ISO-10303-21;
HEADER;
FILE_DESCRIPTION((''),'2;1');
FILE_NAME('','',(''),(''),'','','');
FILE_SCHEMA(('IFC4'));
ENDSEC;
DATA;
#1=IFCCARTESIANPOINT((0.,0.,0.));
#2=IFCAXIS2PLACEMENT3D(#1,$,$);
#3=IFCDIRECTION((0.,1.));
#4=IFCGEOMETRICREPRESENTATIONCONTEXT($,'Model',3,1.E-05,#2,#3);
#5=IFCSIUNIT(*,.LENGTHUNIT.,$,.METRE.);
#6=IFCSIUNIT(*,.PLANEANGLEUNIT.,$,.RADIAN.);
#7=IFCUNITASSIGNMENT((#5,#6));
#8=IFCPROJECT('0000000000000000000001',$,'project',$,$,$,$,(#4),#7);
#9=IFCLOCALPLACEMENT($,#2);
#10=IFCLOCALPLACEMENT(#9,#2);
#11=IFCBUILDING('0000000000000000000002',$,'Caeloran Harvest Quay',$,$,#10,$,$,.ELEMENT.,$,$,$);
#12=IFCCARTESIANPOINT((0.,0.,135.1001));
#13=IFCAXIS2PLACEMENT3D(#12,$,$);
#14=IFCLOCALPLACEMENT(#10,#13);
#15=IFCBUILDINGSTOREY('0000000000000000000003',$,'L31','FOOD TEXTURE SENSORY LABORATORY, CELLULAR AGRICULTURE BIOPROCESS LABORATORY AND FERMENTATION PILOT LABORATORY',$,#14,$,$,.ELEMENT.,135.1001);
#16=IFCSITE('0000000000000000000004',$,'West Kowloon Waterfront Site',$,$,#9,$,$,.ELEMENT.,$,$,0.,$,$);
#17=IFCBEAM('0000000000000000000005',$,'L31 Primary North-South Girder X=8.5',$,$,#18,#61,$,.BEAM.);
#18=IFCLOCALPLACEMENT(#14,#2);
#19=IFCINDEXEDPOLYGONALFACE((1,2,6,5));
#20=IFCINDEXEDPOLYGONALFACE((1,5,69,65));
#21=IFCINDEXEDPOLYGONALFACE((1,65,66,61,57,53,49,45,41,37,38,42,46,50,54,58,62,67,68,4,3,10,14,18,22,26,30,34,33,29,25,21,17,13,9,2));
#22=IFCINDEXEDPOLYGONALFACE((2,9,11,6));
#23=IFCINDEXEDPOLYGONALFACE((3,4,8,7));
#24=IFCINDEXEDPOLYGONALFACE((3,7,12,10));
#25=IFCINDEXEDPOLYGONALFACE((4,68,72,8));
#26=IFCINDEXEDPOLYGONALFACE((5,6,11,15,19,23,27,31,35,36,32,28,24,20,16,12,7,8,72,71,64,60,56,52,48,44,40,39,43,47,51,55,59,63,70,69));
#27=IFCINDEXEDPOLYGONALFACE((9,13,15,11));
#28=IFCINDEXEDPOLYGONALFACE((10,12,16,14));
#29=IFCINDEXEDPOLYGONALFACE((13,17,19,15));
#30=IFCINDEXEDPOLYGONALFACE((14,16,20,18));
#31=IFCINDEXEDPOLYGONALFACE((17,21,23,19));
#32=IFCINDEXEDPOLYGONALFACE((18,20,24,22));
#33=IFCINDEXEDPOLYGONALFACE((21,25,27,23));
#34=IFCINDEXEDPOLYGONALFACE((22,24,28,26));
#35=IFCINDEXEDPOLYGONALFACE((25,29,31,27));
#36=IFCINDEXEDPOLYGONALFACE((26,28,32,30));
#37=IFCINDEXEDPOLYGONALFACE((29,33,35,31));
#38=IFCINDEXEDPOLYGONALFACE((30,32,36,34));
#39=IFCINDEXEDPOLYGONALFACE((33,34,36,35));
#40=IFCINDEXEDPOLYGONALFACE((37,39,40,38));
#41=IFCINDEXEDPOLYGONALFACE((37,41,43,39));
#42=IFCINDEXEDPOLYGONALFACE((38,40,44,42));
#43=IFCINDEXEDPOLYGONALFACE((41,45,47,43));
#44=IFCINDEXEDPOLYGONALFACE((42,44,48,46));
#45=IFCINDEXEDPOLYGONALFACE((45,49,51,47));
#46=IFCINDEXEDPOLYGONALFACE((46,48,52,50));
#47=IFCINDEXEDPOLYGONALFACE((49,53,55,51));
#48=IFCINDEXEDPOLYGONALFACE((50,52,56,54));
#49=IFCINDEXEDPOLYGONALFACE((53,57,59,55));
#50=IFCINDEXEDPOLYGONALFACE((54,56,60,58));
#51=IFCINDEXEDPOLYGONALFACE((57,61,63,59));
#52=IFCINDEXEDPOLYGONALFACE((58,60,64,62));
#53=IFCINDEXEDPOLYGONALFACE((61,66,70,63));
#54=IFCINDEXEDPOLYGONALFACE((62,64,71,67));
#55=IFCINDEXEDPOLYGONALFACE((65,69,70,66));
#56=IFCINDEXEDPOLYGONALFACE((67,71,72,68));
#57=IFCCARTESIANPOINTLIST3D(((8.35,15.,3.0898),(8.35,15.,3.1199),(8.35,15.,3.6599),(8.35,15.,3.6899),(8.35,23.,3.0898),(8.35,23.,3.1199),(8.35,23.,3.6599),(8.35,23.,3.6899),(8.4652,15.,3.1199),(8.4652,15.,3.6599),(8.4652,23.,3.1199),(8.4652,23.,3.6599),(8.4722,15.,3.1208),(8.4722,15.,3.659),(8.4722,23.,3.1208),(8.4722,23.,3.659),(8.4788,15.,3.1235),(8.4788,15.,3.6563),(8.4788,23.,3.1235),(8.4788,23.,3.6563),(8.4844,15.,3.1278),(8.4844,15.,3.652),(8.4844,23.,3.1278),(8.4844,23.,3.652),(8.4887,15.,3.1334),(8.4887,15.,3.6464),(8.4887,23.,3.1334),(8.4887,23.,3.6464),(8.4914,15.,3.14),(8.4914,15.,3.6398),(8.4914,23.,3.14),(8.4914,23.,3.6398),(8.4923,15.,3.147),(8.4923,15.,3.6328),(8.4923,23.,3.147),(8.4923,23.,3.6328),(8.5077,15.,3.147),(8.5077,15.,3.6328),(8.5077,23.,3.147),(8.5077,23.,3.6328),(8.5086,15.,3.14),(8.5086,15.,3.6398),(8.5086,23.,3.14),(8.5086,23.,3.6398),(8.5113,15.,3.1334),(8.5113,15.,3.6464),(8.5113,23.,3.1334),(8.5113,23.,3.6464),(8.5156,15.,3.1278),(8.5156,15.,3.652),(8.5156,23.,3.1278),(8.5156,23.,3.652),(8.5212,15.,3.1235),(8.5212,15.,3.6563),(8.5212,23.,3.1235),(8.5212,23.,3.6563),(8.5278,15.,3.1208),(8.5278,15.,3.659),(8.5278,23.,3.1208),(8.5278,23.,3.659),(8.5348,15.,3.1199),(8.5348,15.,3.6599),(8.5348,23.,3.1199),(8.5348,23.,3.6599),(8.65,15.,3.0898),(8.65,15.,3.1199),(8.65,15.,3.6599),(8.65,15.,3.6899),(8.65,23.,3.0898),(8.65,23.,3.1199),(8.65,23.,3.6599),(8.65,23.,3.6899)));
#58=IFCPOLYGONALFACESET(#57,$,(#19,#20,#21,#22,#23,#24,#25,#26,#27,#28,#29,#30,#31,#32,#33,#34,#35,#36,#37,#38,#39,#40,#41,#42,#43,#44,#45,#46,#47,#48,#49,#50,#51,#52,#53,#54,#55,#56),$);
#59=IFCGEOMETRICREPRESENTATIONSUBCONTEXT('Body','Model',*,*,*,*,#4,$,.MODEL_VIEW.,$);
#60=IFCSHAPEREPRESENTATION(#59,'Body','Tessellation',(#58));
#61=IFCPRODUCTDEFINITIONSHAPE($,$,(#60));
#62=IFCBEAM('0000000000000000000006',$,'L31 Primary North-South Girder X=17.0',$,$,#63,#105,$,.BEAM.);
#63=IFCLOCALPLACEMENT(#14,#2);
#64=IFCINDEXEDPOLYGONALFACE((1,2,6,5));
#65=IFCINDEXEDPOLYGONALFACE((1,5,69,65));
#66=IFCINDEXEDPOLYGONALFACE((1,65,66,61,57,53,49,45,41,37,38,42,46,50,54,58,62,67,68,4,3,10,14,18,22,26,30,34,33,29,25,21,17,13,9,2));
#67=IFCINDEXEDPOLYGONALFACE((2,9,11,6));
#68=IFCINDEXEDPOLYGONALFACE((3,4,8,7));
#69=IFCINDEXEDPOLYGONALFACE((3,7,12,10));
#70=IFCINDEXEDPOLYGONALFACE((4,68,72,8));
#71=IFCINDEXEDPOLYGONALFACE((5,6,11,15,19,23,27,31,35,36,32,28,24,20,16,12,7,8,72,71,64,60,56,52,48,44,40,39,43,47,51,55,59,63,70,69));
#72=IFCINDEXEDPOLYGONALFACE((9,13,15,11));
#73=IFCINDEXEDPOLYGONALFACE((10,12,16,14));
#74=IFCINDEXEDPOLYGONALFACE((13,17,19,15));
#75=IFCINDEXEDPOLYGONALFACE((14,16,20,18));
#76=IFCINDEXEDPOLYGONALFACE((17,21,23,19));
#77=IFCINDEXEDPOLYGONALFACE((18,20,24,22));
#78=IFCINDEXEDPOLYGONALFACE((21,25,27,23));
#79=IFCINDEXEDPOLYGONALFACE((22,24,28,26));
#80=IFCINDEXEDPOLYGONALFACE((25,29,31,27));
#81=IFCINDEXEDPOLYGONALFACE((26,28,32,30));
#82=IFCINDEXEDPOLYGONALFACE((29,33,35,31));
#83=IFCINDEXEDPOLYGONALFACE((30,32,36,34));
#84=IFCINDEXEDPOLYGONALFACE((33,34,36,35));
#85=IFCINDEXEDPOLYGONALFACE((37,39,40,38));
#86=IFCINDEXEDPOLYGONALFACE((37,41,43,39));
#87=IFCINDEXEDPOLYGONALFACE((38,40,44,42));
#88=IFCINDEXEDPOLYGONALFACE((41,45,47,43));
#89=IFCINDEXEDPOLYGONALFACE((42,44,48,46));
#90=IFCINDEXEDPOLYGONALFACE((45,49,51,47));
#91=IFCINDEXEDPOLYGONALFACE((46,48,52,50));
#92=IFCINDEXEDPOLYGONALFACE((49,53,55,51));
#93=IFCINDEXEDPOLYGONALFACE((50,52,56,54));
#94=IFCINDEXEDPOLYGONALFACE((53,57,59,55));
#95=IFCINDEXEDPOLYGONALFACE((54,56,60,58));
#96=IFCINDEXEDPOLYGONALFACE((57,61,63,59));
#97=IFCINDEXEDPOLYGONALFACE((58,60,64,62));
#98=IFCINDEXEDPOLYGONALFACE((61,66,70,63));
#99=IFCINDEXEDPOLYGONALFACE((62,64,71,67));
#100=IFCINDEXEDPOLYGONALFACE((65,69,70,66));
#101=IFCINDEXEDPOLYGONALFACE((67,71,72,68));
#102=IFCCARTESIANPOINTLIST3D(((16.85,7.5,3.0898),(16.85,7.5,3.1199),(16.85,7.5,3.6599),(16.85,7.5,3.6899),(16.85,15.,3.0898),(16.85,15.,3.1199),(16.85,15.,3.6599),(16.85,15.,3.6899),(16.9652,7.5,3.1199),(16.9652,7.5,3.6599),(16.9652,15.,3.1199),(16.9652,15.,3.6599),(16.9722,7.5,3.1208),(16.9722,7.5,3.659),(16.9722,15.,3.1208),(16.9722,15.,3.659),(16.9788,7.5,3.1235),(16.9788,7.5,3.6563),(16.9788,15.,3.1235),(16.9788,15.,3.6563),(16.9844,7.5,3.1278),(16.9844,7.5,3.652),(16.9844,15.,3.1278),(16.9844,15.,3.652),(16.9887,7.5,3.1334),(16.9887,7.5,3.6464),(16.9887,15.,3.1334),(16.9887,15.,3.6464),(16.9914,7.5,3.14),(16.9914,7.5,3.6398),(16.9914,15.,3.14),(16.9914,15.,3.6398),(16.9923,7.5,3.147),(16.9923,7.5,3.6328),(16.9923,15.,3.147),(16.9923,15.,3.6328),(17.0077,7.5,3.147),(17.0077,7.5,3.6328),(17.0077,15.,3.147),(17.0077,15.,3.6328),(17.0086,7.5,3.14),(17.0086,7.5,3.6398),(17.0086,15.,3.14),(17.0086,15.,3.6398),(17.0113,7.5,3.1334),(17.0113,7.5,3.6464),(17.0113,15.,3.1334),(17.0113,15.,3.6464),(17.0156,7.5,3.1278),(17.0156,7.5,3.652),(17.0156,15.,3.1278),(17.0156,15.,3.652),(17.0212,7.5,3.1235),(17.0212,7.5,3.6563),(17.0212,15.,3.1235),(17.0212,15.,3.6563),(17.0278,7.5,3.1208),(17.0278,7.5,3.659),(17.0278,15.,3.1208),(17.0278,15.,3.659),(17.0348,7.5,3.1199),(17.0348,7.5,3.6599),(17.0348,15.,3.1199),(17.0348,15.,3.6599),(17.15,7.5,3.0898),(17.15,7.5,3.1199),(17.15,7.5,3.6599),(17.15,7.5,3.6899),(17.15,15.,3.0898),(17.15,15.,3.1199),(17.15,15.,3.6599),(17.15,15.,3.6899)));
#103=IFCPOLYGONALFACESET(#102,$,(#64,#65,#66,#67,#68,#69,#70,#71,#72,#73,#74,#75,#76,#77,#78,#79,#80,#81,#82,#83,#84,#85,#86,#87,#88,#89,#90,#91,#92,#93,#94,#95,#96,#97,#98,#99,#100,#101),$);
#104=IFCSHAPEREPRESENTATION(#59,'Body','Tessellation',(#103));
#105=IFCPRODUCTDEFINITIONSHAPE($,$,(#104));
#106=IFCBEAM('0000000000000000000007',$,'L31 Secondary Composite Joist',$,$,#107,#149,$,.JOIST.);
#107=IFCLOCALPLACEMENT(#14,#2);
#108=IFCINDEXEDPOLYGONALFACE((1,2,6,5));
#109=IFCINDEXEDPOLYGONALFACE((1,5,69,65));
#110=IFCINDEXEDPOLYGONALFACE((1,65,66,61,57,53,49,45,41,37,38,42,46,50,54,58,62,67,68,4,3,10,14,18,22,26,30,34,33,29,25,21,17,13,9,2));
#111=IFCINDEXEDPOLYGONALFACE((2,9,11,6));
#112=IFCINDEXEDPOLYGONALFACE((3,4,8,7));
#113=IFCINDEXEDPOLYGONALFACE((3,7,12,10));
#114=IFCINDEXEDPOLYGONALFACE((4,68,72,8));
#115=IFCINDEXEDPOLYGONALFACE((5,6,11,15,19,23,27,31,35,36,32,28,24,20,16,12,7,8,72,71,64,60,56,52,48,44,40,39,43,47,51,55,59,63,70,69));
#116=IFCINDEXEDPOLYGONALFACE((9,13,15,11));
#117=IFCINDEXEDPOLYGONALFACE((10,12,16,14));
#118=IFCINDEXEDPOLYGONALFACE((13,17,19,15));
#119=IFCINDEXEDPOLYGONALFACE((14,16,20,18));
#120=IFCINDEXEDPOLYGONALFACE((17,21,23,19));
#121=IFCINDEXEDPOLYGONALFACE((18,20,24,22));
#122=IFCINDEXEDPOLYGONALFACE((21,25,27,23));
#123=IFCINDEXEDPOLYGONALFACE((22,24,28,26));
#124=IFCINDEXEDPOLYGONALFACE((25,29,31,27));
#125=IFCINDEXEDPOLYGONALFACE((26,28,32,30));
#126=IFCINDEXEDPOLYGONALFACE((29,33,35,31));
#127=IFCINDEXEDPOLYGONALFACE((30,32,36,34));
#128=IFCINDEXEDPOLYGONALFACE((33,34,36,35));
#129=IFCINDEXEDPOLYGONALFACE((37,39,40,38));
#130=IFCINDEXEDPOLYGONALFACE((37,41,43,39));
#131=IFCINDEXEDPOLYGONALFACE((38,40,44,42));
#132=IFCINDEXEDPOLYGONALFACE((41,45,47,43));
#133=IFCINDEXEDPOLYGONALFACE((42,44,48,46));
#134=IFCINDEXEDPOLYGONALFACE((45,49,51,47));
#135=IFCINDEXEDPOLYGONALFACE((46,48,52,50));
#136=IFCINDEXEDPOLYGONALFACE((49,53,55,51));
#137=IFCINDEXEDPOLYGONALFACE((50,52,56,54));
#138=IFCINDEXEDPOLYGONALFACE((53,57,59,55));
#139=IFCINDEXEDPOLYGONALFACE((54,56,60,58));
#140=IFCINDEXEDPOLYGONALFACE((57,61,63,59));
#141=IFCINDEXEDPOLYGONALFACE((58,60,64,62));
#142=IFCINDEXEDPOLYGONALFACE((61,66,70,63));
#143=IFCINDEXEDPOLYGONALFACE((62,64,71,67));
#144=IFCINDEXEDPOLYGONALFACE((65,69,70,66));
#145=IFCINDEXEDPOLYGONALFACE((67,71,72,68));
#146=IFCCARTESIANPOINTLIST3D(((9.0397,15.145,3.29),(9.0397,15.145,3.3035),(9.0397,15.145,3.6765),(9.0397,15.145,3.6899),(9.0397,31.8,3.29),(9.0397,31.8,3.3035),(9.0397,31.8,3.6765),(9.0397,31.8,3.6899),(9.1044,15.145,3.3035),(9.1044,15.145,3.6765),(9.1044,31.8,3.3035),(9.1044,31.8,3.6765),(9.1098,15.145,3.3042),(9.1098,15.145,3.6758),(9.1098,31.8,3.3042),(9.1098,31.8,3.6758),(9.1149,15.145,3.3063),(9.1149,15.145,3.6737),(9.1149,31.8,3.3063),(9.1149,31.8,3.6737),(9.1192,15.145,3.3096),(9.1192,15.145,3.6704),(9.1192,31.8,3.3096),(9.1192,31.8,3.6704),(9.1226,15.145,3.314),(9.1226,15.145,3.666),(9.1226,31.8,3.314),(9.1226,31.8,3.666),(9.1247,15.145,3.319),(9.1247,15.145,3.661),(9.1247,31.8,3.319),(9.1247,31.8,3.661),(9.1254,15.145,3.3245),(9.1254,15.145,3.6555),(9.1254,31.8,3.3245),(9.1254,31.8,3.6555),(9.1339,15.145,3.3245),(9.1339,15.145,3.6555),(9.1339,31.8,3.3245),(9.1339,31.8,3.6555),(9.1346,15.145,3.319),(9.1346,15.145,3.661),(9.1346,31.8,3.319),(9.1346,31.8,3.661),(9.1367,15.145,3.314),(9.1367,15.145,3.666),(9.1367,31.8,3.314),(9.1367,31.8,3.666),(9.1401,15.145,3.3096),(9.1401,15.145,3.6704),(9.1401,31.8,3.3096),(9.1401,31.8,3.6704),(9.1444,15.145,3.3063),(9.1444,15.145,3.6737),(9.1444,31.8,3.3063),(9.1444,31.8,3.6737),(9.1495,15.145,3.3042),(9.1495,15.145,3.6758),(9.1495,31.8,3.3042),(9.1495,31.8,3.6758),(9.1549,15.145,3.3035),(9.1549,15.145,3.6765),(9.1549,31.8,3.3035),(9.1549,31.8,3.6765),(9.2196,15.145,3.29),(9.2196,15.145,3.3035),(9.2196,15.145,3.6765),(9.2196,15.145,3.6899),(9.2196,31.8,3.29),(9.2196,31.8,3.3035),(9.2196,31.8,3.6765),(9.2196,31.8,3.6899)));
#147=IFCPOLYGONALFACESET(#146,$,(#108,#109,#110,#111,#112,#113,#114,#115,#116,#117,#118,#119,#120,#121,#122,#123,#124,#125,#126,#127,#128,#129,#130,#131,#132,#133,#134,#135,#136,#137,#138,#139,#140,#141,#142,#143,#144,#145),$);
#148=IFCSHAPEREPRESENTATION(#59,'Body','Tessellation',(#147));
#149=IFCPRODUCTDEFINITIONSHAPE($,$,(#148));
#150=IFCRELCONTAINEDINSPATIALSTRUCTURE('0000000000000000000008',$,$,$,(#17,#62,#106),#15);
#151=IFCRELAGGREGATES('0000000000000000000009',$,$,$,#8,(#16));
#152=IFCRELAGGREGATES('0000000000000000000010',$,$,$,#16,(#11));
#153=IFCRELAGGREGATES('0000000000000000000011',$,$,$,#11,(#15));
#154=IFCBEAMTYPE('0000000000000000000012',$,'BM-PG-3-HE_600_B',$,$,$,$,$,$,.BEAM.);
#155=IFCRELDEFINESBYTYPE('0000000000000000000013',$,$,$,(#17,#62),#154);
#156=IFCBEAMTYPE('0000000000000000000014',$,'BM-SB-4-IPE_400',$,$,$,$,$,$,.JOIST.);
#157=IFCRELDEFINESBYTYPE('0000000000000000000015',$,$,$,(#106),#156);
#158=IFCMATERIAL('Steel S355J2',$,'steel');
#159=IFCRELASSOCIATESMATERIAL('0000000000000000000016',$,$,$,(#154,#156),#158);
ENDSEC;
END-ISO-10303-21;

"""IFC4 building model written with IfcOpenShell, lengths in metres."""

from ifc_helpers import new_model, si_unit, direction, frame, origin, origin_2d, place, context, subcontext, project, spatial, i_section, extrude, material, material_profile, profile_set, type_object, element, save


model = new_model("IFC4")

# Units and contexts
model_context = context("Model", 3, precision=1e-05, world=origin(), true_north=direction((0.0, 1.0)))
body_context = subcontext(model_context, "Body", "Model", "MODEL_VIEW")
ifc_project = project(units=[si_unit("LENGTHUNIT", "METRE"), si_unit("PLANEANGLEUNIT", "RADIAN")], contexts=[model_context])

# Site, building, storey
site_placement = place(None, origin())
site = spatial("IfcSite", under=ifc_project, at=site_placement, Name="West Kowloon Waterfront Site", CompositionType="ELEMENT", RefElevation=0.0)
building_placement = place(site_placement, origin())
building = spatial("IfcBuilding", under=site, at=building_placement, Name="Caeloran Harvest Quay", CompositionType="ELEMENT")
storey_placement = place(building_placement, frame((0.0, 0.0, 135.1001)))
storey = spatial("IfcBuildingStorey", under=building, at=storey_placement, Name="L31", Description="FOOD TEXTURE SENSORY LABORATORY, CELLULAR AGRICULTURE BIOPROCESS LABORATORY AND FERMENTATION PILOT LABORATORY", CompositionType="ELEMENT", Elevation=135.1001)

# Beams
ifc_material_1 = material(Name="Steel S355J2", Category="steel")
ifc_material_profile_1 = material_profile(ifc_material_1, i_section(OverallWidth=0.3, OverallDepth=0.6001, WebThickness=0.0154, FlangeThickness=0.03, FilletRadius=0.0271, at=origin_2d()), Name="HE 600 B")
ifc_profile_set_1 = profile_set([ifc_material_profile_1], Name="Steel S355J2")
beam_type_1 = type_object("IfcBeamType", Name="BM-PG-3-HE_600_B", PredefinedType="BEAM", material=ifc_profile_set_1)
beam_1_placement = place(storey_placement, frame((8.5, 15.0, 3.3899), z_axis=(0.0, 1.0, 0.0), x_axis=(-1.0, 0.0, 0.0)))
element("IfcBeam", 1, at=beam_1_placement, inside=storey, type_object=beam_type_1, Name="L31 Primary North-South Girder X=8.5", PredefinedType="BEAM", context=body_context, shape_type="SweptSolid", body=[
    extrude(i_section(OverallWidth=0.3, OverallDepth=0.6001, WebThickness=0.0154, FlangeThickness=0.03, FilletRadius=0.0271, at=origin_2d()), origin(), (0.0, 0.0, 1.0), 8.0),
])
beam_2_placement = place(storey_placement, frame((17.0, 7.5, 3.3899), z_axis=(0.0, 1.0, 0.0), x_axis=(-1.0, 0.0, 0.0)))
element("IfcBeam", 2, at=beam_2_placement, inside=storey, type_object=beam_type_1, Name="L31 Primary North-South Girder X=17.0", PredefinedType="BEAM", context=body_context, shape_type="SweptSolid", body=[
    extrude(i_section(OverallWidth=0.3, OverallDepth=0.6001, WebThickness=0.0154, FlangeThickness=0.03, FilletRadius=0.0271, at=origin_2d()), origin(), (0.0, 0.0, 1.0), 7.5),
])
ifc_material_profile_2 = material_profile(ifc_material_1, i_section(OverallWidth=0.1799, OverallDepth=0.3999, WebThickness=0.0085, FlangeThickness=0.0134, FilletRadius=0.021, at=origin_2d()), Name="IPE 400")
ifc_profile_set_2 = profile_set([ifc_material_profile_2], Name="Steel S355J2")
beam_type_2 = type_object("IfcBeamType", Name="BM-SB-4-IPE_400", PredefinedType="JOIST", material=ifc_profile_set_2)
beam_3_placement = place(storey_placement, frame((9.1296, 15.145, 3.49), z_axis=(0.0, 1.0, 0.0), x_axis=(-1.0, 0.0, 0.0)))
element("IfcBeam", 3, at=beam_3_placement, inside=storey, type_object=beam_type_2, Name="L31 Secondary Composite Joist", PredefinedType="JOIST", context=body_context, shape_type="SweptSolid", body=[
    extrude(i_section(OverallWidth=0.1799, OverallDepth=0.3999, WebThickness=0.0085, FlangeThickness=0.0134, FilletRadius=0.021, at=origin_2d()), origin(), (0.0, 0.0, 1.0), 16.655),
])

save(model, "model.ifc")
